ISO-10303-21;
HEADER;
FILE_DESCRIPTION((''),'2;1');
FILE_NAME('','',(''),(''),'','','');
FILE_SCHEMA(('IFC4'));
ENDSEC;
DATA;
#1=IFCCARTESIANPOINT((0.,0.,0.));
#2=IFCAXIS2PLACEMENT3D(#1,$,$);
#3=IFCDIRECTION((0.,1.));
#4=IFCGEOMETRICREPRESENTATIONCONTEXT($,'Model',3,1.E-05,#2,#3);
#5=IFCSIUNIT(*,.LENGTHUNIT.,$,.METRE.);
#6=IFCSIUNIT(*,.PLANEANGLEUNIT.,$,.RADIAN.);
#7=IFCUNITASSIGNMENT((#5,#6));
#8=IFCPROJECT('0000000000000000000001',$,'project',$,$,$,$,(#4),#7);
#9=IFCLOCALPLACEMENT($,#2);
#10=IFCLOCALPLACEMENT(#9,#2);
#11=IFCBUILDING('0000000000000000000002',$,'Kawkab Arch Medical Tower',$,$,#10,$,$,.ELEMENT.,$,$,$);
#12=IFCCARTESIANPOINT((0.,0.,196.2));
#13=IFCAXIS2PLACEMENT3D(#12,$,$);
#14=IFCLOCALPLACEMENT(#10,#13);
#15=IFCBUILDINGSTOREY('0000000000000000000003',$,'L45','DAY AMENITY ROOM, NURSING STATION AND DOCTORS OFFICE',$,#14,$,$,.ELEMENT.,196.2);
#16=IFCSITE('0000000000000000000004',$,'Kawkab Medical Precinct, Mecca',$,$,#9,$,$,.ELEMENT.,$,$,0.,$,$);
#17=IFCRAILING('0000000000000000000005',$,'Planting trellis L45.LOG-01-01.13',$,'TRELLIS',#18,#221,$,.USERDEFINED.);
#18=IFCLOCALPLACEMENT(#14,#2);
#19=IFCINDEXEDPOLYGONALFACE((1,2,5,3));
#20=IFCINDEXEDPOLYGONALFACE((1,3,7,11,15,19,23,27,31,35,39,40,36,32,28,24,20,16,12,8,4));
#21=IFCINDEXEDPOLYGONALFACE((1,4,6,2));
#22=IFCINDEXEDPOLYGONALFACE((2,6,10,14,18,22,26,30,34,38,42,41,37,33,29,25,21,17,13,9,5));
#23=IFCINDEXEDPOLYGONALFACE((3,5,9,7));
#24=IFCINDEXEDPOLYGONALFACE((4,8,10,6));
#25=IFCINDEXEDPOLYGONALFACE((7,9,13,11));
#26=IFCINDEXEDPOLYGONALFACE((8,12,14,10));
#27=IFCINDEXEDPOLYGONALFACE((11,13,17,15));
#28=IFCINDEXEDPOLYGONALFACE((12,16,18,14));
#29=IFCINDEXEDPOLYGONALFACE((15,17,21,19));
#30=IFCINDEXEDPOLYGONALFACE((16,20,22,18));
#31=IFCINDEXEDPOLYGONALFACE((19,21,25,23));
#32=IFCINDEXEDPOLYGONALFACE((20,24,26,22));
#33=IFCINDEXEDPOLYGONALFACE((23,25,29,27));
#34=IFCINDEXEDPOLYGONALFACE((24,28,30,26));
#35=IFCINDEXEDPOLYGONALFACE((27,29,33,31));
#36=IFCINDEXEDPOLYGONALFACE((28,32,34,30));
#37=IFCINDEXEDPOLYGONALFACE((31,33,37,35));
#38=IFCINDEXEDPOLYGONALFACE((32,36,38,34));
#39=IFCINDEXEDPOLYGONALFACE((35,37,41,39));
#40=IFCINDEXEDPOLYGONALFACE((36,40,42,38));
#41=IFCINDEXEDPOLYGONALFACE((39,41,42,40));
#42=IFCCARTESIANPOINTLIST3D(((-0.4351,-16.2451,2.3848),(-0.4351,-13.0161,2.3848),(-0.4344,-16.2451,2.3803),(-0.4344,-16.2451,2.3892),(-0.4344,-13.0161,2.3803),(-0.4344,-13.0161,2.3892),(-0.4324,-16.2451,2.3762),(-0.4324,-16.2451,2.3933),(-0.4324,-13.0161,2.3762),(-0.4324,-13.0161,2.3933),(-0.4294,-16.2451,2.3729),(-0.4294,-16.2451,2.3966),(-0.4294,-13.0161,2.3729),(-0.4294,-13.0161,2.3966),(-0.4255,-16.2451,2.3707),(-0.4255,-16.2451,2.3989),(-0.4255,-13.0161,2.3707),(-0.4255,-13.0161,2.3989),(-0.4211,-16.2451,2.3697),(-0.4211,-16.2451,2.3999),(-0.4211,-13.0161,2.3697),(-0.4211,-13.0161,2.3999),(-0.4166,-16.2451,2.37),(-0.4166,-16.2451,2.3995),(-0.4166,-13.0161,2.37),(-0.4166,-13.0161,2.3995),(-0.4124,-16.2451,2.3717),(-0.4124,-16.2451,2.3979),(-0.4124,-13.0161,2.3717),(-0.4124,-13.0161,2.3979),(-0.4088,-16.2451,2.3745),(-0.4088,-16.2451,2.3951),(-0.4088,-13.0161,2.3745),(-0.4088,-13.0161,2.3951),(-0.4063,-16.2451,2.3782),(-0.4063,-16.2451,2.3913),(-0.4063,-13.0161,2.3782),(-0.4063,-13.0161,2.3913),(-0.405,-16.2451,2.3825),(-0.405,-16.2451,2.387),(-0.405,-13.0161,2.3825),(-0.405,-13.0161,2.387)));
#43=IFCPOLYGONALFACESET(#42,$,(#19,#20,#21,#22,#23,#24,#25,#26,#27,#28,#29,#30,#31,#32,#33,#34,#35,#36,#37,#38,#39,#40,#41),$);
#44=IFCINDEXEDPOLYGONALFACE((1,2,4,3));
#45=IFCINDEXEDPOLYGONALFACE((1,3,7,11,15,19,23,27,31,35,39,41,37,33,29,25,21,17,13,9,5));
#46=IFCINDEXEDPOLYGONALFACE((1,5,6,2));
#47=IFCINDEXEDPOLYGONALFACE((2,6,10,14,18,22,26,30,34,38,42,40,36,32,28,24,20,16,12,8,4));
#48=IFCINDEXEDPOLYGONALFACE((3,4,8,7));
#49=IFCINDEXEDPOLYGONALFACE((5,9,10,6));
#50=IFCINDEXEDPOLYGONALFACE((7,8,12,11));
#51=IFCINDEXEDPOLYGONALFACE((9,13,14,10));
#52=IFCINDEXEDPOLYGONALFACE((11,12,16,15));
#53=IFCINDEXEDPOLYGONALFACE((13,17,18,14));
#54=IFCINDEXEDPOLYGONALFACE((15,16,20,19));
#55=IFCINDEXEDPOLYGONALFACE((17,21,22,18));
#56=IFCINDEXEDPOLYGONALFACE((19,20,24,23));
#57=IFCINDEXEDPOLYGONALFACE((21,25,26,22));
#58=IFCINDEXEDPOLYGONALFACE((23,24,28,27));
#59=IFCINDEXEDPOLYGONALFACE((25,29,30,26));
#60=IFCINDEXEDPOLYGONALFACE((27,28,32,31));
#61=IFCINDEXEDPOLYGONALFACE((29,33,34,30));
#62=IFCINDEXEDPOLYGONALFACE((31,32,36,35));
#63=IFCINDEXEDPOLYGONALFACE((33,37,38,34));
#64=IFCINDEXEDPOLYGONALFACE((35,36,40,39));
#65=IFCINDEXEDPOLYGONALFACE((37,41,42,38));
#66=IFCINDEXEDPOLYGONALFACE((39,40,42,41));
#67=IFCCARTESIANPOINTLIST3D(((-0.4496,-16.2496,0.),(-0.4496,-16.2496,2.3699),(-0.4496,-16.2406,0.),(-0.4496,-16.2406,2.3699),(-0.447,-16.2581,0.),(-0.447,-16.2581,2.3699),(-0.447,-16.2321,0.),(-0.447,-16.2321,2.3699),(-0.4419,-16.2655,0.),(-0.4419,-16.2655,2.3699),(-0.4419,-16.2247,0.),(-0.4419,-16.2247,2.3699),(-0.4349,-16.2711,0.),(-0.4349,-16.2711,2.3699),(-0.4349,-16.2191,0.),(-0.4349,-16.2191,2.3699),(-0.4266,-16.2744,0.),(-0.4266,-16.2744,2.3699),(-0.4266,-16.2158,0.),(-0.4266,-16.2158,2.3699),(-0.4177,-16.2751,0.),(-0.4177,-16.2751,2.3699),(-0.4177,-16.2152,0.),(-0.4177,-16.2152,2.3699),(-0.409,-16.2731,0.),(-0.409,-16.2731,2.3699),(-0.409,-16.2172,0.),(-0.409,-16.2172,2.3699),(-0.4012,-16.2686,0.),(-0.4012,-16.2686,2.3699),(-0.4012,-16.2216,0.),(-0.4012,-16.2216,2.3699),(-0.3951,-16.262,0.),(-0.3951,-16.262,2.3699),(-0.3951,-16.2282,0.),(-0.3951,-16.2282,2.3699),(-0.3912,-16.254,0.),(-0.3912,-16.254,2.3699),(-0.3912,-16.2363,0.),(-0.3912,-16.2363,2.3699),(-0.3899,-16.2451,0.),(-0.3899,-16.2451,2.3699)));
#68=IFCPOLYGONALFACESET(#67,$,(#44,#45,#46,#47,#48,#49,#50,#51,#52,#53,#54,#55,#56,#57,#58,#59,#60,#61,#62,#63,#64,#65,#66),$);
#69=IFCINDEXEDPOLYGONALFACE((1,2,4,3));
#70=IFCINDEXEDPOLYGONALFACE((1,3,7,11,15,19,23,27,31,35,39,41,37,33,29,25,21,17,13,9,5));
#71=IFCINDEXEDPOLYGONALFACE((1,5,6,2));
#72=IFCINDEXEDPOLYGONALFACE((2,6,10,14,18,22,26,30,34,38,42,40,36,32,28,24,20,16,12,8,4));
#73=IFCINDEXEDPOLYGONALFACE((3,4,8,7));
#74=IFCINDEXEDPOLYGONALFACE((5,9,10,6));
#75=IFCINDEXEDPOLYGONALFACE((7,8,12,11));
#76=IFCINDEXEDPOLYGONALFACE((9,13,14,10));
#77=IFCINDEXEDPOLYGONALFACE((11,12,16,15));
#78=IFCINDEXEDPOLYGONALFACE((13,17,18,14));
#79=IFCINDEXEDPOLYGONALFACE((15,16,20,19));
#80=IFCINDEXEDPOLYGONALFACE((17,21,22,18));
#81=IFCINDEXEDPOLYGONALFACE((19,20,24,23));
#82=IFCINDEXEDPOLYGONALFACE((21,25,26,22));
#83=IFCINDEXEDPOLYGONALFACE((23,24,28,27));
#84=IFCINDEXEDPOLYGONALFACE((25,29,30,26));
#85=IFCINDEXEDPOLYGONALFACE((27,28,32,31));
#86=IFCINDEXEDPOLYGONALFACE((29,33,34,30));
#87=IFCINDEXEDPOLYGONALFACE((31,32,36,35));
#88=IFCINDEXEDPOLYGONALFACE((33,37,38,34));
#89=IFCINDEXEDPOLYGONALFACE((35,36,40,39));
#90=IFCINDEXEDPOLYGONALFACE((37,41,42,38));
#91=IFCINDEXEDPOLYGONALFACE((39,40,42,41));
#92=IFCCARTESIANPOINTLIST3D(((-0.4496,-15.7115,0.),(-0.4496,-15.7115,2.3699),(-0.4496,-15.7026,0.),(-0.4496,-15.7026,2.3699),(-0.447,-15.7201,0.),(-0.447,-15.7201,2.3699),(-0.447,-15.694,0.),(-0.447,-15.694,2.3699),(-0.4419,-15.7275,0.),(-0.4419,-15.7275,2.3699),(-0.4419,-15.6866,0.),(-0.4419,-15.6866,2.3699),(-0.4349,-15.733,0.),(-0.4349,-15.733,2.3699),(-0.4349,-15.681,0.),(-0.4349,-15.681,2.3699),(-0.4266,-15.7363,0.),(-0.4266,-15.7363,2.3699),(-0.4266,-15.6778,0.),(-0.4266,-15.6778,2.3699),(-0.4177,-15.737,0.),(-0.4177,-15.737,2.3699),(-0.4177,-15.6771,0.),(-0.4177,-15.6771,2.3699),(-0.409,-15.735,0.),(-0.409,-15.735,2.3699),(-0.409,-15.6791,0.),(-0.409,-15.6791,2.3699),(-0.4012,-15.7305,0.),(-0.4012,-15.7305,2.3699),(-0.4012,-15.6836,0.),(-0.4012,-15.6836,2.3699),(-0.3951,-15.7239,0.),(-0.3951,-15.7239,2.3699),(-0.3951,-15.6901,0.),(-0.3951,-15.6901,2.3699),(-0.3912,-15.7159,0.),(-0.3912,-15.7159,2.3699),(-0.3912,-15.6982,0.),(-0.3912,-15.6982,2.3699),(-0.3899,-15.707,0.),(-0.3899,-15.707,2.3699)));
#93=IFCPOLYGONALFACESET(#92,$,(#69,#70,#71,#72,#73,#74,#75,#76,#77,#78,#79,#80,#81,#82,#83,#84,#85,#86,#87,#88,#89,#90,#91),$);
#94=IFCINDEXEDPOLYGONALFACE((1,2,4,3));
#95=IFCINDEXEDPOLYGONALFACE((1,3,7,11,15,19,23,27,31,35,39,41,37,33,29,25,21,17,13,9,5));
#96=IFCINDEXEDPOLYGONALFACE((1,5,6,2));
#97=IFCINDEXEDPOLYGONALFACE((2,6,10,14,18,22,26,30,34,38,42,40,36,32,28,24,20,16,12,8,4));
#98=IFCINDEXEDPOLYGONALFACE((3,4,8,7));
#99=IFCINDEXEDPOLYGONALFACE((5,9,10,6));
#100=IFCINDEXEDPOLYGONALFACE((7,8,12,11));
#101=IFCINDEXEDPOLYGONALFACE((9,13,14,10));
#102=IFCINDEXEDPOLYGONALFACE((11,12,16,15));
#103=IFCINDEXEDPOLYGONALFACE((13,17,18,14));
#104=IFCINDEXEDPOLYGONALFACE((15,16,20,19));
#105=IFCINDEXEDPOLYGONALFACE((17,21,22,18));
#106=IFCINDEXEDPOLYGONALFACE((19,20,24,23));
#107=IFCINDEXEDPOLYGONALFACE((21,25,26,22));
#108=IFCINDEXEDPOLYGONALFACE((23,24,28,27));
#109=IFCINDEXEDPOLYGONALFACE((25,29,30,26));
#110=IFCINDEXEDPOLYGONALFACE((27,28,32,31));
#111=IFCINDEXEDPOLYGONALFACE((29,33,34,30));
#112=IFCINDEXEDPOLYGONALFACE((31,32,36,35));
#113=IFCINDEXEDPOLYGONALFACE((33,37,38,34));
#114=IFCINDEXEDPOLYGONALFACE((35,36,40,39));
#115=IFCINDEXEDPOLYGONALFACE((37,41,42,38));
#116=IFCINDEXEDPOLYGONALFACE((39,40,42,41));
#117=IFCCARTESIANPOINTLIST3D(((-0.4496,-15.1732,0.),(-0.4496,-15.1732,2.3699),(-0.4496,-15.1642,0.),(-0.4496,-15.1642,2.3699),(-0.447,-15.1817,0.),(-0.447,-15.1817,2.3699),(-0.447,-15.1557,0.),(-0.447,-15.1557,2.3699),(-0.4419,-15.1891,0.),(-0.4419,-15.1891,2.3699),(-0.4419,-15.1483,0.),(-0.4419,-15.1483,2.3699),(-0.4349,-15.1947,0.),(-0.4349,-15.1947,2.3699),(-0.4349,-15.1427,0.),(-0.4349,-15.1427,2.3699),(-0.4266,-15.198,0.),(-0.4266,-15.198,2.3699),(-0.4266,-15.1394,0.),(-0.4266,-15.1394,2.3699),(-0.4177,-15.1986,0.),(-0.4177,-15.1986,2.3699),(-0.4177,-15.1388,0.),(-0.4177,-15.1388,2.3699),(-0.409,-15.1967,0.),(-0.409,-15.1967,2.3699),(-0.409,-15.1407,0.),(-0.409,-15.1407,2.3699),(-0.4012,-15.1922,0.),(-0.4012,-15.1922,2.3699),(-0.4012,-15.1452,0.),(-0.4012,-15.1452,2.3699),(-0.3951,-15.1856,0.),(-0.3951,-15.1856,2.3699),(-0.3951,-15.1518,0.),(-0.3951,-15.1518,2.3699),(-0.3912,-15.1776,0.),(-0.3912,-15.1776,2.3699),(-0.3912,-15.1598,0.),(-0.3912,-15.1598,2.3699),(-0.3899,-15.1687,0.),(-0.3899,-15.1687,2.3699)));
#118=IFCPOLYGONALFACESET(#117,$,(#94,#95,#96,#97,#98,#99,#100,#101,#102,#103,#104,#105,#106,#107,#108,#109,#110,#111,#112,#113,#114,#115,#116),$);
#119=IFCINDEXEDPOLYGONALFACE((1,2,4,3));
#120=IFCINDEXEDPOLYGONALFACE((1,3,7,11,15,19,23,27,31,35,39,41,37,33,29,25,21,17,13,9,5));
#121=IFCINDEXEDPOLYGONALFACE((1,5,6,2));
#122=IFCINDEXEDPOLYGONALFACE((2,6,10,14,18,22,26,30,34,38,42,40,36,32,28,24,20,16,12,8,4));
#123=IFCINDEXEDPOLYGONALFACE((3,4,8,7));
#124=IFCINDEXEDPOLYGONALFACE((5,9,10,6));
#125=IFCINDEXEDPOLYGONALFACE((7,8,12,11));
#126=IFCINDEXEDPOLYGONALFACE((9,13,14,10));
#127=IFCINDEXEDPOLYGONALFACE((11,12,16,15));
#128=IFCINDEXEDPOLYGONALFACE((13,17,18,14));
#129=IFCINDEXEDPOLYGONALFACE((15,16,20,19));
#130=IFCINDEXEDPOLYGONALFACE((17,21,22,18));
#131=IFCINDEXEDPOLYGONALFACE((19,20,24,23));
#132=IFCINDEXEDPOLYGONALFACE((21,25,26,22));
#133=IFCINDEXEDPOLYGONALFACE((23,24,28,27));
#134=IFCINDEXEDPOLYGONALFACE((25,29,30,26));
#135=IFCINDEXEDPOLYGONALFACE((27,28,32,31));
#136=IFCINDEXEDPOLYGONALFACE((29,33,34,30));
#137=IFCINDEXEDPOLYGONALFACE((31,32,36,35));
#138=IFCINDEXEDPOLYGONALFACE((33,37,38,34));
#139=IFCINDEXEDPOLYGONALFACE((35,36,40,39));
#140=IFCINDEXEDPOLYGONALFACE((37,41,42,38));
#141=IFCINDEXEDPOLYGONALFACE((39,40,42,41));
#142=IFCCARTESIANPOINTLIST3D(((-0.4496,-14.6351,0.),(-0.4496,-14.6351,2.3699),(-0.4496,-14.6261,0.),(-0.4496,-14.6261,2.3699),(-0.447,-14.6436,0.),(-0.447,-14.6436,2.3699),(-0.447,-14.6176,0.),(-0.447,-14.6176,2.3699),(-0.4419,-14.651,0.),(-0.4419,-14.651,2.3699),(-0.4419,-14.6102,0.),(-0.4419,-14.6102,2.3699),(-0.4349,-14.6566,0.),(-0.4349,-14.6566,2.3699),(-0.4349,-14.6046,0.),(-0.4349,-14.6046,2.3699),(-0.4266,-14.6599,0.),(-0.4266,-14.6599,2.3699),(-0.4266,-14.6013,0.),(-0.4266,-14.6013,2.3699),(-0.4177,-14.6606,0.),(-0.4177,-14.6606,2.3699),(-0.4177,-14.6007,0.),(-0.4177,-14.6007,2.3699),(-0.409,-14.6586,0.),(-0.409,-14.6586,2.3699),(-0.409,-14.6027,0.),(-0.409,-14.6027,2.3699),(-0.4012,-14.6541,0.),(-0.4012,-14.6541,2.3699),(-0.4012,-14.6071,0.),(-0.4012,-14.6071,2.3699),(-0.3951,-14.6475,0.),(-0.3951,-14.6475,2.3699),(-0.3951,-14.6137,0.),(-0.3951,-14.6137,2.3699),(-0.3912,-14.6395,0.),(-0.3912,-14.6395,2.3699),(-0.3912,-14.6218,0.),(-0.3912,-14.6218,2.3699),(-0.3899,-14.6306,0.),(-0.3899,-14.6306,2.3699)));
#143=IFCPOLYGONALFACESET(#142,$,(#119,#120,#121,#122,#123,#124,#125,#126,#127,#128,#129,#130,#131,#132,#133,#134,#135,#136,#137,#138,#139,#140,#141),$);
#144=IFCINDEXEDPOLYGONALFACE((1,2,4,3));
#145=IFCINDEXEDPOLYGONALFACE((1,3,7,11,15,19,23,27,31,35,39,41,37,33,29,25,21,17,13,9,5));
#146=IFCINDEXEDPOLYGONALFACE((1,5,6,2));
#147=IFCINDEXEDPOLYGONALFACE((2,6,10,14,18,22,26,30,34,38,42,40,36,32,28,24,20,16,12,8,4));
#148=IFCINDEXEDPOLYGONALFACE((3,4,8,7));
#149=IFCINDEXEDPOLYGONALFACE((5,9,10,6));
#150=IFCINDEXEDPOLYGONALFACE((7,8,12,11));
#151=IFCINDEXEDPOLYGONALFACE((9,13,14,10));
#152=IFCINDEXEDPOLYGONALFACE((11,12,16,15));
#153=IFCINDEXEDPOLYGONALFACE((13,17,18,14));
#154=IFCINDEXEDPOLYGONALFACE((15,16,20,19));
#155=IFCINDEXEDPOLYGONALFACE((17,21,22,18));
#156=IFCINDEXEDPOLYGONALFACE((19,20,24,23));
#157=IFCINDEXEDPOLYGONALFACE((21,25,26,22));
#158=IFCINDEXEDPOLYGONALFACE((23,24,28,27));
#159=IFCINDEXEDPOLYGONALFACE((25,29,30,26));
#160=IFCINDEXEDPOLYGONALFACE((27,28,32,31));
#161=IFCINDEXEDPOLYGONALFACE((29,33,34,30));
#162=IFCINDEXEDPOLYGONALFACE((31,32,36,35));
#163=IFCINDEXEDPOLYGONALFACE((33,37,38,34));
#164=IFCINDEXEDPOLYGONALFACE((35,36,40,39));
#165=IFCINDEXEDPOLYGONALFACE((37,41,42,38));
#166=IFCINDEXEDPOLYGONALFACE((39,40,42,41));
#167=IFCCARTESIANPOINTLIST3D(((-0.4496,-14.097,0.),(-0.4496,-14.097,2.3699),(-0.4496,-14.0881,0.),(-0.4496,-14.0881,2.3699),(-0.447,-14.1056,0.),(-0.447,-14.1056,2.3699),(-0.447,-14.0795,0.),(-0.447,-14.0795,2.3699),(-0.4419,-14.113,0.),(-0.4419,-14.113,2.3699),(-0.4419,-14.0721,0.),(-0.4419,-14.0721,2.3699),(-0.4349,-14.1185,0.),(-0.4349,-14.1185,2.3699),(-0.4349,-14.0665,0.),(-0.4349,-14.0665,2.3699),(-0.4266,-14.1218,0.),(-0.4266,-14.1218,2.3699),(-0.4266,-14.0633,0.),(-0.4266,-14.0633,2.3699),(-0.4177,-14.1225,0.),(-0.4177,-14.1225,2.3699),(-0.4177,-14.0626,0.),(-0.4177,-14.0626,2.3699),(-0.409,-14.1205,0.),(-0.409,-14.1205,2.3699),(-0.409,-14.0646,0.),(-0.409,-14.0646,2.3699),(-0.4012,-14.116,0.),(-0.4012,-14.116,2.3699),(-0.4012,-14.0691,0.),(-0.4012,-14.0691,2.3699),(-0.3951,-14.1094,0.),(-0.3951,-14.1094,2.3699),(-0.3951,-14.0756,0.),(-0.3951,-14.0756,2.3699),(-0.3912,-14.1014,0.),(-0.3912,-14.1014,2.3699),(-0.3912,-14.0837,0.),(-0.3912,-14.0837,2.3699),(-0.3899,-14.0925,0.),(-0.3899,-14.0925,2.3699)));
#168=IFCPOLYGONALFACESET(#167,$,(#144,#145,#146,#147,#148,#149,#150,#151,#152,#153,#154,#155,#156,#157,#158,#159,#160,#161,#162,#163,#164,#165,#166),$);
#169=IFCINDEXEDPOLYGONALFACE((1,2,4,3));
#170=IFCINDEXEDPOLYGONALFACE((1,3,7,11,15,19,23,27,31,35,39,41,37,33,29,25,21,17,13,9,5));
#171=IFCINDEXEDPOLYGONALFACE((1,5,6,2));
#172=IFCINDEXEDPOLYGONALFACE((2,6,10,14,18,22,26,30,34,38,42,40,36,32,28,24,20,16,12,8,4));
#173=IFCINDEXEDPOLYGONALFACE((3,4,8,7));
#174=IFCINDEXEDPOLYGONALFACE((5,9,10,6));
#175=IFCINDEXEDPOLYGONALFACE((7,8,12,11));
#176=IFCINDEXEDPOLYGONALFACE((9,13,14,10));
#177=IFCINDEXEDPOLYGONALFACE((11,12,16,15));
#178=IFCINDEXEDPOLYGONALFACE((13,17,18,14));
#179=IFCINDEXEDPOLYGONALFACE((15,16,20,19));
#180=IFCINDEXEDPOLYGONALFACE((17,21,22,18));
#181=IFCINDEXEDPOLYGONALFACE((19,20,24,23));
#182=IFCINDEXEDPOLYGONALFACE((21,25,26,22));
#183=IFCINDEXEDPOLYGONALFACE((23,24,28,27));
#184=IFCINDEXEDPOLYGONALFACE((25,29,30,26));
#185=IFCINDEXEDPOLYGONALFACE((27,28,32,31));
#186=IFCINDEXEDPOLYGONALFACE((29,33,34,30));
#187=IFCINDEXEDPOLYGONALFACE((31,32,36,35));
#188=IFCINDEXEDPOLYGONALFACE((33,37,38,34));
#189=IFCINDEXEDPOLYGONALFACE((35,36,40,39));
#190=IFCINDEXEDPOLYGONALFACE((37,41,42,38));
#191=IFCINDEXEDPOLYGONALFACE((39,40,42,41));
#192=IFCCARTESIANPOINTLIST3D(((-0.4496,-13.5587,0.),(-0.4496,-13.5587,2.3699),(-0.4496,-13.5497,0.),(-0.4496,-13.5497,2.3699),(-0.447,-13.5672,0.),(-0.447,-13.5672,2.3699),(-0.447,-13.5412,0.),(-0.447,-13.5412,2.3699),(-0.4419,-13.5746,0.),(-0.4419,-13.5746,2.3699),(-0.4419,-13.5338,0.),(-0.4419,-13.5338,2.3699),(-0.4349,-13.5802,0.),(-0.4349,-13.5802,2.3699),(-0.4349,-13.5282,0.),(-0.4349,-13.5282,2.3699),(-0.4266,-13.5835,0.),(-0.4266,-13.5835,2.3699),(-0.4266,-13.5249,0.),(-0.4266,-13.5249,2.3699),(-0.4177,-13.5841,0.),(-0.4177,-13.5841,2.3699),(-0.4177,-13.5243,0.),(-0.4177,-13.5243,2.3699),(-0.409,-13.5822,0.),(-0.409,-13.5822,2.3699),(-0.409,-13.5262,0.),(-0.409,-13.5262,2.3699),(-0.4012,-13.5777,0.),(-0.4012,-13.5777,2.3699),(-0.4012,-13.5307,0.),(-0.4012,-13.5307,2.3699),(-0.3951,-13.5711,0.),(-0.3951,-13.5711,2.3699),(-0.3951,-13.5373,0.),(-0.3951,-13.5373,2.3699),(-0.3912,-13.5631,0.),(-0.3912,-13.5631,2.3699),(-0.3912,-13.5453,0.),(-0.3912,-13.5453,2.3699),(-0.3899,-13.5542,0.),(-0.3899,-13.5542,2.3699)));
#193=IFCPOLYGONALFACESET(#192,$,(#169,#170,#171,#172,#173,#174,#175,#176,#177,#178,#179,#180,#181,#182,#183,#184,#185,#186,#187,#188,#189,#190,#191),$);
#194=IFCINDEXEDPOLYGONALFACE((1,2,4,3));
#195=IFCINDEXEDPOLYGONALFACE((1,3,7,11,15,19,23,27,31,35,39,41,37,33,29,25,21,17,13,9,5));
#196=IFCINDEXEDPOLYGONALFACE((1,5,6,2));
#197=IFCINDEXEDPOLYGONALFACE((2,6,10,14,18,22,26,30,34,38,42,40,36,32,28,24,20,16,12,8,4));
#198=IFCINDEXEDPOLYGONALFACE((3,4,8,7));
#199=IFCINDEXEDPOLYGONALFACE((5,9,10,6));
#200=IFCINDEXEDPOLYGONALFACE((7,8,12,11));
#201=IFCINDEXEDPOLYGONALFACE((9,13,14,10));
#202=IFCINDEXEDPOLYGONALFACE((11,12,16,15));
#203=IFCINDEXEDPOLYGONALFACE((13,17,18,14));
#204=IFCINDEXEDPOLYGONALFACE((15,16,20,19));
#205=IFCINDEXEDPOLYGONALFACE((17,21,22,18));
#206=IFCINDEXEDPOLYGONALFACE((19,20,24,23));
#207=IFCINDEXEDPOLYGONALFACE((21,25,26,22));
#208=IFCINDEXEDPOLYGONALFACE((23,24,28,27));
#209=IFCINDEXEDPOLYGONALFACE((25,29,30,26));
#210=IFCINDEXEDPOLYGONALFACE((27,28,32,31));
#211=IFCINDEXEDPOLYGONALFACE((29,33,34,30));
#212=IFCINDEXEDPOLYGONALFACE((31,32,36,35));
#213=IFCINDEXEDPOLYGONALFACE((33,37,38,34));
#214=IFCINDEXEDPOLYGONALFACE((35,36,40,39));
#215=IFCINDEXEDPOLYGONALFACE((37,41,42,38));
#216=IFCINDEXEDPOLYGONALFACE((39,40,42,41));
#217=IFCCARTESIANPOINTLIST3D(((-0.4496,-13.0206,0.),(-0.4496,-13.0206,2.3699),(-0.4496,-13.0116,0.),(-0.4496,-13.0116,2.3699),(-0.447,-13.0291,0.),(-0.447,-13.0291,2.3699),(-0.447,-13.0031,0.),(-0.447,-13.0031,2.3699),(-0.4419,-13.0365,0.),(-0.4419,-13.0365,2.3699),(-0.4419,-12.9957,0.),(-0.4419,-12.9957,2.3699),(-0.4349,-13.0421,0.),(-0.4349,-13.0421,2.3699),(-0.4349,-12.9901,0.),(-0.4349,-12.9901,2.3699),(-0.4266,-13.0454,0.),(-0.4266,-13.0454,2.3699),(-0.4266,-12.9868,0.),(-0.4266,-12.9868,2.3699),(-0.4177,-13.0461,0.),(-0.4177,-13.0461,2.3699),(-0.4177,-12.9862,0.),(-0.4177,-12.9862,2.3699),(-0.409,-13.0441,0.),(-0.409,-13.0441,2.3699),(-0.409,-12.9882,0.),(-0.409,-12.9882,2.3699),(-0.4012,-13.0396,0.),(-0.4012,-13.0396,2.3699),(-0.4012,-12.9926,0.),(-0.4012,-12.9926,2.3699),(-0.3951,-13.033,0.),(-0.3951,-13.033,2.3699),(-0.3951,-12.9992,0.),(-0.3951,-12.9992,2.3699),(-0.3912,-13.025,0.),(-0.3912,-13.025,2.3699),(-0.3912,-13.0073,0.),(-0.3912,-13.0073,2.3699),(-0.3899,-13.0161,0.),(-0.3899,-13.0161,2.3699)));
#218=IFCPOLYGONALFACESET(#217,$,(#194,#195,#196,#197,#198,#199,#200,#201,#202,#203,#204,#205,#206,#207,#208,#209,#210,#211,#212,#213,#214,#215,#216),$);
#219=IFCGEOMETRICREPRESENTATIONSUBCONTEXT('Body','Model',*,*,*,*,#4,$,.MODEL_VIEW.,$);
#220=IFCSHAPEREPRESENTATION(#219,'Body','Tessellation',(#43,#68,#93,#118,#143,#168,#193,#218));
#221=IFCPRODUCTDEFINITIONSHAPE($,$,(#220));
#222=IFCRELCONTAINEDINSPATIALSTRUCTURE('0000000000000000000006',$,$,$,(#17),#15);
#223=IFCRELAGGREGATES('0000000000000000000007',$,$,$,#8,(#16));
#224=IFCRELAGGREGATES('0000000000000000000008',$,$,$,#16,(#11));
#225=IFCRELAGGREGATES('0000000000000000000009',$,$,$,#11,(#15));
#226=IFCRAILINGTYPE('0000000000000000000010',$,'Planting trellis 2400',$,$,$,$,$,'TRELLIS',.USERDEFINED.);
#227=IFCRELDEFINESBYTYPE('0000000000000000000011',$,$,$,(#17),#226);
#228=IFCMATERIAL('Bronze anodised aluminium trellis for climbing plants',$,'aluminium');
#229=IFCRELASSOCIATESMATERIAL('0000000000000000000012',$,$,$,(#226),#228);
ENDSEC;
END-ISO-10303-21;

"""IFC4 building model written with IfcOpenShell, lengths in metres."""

from ifc_helpers import new_model, si_unit, direction, frame, origin, origin_2d, place, context, subcontext, project, spatial, circle, extrude, material, type_object, element, save


model = new_model("IFC4")

# Units and contexts
model_context = context("Model", 3, precision=1e-05, world=origin(), true_north=direction((0.0, 1.0)))
body_context = subcontext(model_context, "Body", "Model", "MODEL_VIEW")
ifc_project = project(units=[si_unit("LENGTHUNIT", "METRE"), si_unit("PLANEANGLEUNIT", "RADIAN")], contexts=[model_context])

# Site, building, storey
site_placement = place(None, origin())
site = spatial("IfcSite", under=ifc_project, at=site_placement, Name="Kawkab Medical Precinct, Mecca", CompositionType="ELEMENT", RefElevation=0.0)
building_placement = place(site_placement, origin())
building = spatial("IfcBuilding", under=site, at=building_placement, Name="Kawkab Arch Medical Tower", CompositionType="ELEMENT")
storey_placement = place(building_placement, frame((0.0, 0.0, 196.2)))
storey = spatial("IfcBuildingStorey", under=building, at=storey_placement, Name="L45", Description="DAY AMENITY ROOM, NURSING STATION AND DOCTORS OFFICE", CompositionType="ELEMENT", Elevation=196.2)

# Railing
ifc_material_1 = material(Name="Bronze anodised aluminium trellis for climbing plants", Category="aluminium")
railing_type_1 = type_object("IfcRailingType", Name="Planting trellis 2400", ElementType="TRELLIS", PredefinedType="USERDEFINED", material=ifc_material_1)
railing_1_placement = place(storey_placement, frame((-0.4199, -16.2451, 0.0)))
element("IfcRailing", 1, at=railing_1_placement, inside=storey, type_object=railing_type_1, Name="Planting trellis L45.LOG-01-01.13", ObjectType="TRELLIS", PredefinedType="USERDEFINED", context=body_context, shape_type="SweptSolid", body=[
    extrude(circle(Radius=0.0151, at=origin_2d()), frame((0.0, 0.0, 2.3848), z_axis=(0.0, 1.0, 0.0), x_axis=(-1.0, 0.0, 0.0)), (0.0, 0.0, 1.0), 3.229),
    extrude(circle(Radius=0.03, at=origin_2d()), origin(), (0.0, 0.0, 1.0), 2.3699),
    extrude(circle(Radius=0.03, at=origin_2d()), frame((0.0, 0.5381, 0.0)), (0.0, 0.0, 1.0), 2.3699),
    extrude(circle(Radius=0.03, at=origin_2d()), frame((0.0, 1.0764, 0.0)), (0.0, 0.0, 1.0), 2.3699),
    extrude(circle(Radius=0.03, at=origin_2d()), frame((0.0, 1.6145, 0.0)), (0.0, 0.0, 1.0), 2.3699),
    extrude(circle(Radius=0.03, at=origin_2d()), frame((0.0, 2.1526, 0.0)), (0.0, 0.0, 1.0), 2.3699),
    extrude(circle(Radius=0.03, at=origin_2d()), frame((0.0, 2.6909, 0.0)), (0.0, 0.0, 1.0), 2.3699),
    extrude(circle(Radius=0.03, at=origin_2d()), frame((0.0, 3.229, 0.0)), (0.0, 0.0, 1.0), 2.3699),
])

save(model, "model.ifc")
